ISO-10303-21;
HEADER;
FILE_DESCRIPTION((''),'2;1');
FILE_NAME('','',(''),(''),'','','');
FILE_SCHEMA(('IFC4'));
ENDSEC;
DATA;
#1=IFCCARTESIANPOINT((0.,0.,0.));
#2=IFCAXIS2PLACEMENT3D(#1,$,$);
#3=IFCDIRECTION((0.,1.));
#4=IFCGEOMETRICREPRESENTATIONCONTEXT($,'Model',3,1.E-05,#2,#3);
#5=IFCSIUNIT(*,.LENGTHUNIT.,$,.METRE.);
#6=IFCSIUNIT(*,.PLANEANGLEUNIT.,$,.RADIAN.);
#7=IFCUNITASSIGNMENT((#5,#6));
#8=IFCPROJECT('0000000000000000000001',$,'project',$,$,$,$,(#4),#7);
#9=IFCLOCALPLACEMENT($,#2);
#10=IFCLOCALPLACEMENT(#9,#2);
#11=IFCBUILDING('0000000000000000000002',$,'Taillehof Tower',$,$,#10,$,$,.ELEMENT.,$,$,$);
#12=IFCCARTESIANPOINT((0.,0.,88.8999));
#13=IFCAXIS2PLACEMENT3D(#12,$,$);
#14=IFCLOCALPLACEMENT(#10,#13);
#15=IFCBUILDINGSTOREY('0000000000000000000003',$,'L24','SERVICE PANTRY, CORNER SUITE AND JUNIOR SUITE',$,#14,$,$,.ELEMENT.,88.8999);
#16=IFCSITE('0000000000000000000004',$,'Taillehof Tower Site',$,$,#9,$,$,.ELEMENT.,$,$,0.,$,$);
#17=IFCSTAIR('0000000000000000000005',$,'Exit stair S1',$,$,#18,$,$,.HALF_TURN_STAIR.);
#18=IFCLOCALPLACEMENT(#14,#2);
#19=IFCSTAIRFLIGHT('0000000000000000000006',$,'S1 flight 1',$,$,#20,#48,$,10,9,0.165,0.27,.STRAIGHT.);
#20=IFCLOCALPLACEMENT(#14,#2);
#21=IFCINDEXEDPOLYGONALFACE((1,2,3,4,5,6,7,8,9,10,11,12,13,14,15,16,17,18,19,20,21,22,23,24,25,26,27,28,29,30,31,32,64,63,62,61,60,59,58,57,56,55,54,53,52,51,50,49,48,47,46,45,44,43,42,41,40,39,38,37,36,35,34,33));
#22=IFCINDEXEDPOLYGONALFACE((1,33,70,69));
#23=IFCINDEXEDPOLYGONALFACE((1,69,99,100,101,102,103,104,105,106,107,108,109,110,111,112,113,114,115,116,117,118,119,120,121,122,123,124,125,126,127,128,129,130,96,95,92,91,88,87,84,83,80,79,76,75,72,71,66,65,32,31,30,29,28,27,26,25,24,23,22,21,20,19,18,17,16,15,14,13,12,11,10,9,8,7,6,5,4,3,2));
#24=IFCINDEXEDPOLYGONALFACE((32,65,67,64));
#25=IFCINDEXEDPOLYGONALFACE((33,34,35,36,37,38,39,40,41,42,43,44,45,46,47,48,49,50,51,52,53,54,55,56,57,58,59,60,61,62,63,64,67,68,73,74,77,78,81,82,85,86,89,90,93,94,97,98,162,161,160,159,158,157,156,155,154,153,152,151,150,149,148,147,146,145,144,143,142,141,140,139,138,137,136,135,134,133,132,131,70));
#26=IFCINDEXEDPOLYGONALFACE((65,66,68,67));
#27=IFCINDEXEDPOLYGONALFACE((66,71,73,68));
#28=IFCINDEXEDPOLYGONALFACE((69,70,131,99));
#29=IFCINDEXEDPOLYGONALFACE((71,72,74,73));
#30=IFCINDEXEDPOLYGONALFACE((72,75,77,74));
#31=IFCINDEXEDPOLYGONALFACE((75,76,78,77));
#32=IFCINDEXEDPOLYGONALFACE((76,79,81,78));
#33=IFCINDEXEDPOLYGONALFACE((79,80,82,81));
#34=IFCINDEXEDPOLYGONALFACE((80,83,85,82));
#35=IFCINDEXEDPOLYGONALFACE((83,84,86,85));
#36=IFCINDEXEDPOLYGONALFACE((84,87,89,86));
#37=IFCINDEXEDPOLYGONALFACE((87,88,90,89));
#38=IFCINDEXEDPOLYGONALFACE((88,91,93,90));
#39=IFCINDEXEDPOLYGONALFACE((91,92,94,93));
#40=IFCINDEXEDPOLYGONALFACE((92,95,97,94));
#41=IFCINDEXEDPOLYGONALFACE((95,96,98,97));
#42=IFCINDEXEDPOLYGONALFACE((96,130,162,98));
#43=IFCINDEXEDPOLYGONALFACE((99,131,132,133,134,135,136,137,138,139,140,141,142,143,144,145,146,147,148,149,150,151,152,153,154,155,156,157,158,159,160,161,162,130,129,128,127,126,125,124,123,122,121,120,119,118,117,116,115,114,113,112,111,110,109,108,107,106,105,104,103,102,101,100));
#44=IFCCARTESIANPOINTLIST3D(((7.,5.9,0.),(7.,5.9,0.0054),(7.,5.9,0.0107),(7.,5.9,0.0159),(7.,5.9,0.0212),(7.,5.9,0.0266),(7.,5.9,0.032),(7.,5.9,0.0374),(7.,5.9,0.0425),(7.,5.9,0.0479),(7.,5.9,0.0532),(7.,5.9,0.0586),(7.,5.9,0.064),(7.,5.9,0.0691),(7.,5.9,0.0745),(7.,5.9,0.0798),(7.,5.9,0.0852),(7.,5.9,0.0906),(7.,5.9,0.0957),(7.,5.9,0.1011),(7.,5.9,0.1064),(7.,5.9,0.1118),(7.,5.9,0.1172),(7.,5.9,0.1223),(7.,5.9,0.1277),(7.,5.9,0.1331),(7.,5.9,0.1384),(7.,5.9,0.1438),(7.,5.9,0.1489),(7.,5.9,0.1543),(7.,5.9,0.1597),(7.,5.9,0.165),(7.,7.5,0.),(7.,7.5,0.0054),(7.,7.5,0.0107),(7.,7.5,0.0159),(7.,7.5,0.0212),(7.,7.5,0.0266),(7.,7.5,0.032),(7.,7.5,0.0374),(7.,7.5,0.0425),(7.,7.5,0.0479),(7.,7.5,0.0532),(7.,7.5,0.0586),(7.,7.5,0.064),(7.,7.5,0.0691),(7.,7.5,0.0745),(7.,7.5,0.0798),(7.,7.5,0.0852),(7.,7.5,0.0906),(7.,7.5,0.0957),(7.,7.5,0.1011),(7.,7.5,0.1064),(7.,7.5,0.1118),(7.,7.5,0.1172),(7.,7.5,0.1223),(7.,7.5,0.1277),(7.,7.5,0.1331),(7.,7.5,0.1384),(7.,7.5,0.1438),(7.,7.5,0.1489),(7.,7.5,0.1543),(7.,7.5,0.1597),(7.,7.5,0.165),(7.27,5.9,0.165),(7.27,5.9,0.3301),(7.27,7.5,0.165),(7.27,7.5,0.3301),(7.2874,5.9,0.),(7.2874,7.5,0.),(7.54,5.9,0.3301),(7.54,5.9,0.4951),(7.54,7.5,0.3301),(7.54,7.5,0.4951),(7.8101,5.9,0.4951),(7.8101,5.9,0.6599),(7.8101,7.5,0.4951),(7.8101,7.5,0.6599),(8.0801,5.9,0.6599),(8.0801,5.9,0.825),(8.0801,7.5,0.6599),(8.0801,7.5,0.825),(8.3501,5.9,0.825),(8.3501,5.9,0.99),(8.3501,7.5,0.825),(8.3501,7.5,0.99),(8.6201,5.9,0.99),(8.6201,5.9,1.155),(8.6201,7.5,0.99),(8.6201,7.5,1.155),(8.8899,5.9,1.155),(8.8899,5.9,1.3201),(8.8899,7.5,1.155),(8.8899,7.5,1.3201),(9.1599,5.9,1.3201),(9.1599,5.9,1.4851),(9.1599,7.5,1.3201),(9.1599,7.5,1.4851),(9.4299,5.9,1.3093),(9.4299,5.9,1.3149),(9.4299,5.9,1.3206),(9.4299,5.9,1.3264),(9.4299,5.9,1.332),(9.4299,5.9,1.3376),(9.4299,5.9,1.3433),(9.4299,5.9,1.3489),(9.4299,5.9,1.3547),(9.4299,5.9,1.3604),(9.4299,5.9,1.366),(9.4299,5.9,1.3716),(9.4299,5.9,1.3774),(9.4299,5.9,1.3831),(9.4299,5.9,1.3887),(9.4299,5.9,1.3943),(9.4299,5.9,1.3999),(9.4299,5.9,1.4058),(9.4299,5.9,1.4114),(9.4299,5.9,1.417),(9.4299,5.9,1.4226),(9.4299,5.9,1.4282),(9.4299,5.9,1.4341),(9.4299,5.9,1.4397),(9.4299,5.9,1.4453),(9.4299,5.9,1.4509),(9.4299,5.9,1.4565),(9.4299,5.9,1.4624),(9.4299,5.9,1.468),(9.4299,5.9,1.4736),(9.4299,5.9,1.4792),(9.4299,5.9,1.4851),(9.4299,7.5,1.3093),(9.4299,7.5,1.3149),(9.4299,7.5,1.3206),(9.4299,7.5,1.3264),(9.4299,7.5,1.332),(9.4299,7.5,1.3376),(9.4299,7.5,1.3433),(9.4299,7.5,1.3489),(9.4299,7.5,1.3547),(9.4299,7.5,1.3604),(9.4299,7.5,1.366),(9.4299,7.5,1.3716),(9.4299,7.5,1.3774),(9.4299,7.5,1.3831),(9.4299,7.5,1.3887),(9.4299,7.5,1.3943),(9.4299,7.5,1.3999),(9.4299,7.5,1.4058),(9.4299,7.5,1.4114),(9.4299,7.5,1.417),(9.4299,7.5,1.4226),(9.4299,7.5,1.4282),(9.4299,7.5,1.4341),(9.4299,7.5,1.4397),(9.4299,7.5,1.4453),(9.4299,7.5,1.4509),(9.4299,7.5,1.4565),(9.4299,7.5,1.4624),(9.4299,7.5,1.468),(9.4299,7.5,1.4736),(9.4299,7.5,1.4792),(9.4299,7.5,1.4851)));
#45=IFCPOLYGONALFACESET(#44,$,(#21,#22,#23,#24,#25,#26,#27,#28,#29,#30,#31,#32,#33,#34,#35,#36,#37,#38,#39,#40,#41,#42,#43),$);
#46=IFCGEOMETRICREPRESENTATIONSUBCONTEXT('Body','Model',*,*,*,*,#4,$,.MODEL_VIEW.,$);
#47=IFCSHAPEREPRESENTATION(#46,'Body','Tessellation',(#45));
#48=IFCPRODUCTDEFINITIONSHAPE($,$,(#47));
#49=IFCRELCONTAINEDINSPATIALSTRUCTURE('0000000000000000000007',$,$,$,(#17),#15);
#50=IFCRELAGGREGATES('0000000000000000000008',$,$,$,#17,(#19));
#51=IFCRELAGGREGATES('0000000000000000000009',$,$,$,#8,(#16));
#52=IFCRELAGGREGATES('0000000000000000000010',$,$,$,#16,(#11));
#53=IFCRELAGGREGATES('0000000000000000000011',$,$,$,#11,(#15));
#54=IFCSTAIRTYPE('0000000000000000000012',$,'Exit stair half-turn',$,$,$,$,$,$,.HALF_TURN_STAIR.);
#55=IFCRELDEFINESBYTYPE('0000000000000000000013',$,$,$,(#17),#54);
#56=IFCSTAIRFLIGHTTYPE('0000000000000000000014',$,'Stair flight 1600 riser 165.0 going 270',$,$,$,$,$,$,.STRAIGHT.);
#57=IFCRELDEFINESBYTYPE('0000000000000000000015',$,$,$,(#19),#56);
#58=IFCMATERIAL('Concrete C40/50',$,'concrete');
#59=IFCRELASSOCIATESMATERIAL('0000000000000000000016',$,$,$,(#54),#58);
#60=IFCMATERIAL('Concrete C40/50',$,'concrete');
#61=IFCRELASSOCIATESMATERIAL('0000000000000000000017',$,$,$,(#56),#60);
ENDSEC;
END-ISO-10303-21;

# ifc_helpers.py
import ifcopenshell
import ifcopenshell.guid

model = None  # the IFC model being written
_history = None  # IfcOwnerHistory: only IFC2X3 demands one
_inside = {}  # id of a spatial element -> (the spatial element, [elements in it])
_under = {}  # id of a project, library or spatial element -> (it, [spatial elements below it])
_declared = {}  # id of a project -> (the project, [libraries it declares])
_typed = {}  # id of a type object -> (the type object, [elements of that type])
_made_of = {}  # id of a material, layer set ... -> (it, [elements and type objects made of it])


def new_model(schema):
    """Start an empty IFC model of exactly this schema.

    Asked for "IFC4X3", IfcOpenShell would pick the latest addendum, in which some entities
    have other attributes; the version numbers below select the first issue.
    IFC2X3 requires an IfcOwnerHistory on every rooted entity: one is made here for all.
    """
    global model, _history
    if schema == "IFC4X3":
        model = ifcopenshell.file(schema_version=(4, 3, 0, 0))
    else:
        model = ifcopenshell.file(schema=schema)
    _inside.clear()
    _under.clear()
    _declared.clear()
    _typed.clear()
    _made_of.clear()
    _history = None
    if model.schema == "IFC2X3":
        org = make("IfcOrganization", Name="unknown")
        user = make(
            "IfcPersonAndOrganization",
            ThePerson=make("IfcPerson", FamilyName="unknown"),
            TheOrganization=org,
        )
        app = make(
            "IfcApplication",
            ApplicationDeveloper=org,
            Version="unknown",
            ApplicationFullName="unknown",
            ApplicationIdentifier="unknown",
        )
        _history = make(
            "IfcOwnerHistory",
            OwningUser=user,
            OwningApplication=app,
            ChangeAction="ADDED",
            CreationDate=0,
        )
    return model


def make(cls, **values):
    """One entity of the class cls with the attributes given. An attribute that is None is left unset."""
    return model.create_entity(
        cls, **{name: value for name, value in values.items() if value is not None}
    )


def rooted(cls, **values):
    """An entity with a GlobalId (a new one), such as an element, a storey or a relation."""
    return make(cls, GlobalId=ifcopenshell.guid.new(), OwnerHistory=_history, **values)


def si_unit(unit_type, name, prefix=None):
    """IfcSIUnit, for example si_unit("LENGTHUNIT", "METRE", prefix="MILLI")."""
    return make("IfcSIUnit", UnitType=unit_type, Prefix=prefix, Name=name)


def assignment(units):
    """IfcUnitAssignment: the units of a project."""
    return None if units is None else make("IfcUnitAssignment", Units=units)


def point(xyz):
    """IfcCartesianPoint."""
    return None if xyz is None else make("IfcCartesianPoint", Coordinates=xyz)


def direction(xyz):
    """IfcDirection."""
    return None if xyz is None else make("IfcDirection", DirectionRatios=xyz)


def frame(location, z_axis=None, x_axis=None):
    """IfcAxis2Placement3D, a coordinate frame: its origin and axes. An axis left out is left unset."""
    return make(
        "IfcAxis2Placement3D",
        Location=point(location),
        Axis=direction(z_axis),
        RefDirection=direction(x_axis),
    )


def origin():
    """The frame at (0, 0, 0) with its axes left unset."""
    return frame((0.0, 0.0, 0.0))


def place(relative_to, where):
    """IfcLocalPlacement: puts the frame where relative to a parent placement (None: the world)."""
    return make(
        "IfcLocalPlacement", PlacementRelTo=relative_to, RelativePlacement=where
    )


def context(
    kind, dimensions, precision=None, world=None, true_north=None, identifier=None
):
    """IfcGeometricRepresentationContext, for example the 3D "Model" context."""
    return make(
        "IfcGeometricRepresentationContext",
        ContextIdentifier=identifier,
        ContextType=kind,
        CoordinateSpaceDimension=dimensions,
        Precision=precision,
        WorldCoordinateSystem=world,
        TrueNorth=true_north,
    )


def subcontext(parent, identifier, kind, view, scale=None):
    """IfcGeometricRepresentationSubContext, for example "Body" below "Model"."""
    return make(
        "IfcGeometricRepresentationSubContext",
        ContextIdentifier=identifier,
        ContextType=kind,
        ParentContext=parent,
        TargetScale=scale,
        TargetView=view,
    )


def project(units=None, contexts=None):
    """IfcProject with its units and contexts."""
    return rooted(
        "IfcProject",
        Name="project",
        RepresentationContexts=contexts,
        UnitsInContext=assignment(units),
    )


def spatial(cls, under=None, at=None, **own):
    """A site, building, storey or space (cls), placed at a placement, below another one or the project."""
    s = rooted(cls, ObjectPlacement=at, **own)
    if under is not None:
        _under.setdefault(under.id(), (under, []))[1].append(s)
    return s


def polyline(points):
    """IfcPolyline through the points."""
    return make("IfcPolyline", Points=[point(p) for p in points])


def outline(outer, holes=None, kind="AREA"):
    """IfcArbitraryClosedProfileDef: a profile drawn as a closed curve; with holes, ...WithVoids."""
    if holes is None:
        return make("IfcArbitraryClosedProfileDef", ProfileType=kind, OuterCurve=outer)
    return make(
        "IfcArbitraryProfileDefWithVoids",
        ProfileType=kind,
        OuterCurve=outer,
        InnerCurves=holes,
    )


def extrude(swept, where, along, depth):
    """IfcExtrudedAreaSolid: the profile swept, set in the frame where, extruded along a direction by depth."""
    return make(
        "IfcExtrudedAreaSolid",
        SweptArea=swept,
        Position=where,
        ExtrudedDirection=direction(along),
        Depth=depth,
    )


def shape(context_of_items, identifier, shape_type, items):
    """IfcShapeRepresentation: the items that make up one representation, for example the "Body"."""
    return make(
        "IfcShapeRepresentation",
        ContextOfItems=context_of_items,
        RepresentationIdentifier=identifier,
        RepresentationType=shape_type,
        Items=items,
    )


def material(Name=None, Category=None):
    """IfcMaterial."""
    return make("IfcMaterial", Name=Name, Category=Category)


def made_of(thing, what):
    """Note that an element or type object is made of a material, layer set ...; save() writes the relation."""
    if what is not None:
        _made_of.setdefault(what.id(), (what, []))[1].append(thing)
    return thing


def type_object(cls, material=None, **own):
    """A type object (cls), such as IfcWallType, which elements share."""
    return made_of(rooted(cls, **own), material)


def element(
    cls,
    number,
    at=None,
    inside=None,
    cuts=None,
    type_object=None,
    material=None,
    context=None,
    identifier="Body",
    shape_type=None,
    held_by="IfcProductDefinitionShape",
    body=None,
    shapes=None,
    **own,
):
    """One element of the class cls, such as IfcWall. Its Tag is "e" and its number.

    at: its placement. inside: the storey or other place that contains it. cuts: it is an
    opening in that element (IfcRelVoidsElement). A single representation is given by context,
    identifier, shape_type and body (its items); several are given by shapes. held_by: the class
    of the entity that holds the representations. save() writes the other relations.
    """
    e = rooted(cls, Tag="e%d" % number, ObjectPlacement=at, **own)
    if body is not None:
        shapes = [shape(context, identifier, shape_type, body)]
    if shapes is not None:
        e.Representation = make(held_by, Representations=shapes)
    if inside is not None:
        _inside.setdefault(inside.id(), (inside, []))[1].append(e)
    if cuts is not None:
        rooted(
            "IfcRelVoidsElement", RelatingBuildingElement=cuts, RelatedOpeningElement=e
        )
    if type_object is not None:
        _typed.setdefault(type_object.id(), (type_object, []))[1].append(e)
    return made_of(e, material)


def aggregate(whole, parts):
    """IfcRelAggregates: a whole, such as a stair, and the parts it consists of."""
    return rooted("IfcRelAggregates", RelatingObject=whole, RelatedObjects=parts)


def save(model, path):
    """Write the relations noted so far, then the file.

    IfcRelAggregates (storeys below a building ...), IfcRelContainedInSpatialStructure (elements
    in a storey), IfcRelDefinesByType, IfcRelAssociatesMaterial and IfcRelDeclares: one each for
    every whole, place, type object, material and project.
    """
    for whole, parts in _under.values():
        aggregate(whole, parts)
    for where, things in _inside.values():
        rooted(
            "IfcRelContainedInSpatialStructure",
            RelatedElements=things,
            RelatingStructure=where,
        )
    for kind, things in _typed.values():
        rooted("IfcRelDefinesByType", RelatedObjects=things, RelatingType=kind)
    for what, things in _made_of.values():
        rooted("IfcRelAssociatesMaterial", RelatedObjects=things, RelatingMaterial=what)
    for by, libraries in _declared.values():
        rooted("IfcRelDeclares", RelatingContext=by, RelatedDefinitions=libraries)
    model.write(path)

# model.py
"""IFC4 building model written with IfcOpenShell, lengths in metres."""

from ifc_helpers import new_model, si_unit, direction, frame, origin, place, context, subcontext, project, spatial, polyline, outline, extrude, material, type_object, element, aggregate, save


model = new_model("IFC4")

# Units and contexts
model_context = context("Model", 3, precision=1e-05, world=origin(), true_north=direction((0.0, 1.0)))
body_context = subcontext(model_context, "Body", "Model", "MODEL_VIEW")
ifc_project = project(units=[si_unit("LENGTHUNIT", "METRE"), si_unit("PLANEANGLEUNIT", "RADIAN")], contexts=[model_context])

# Site, building, storey
site_placement = place(None, origin())
site = spatial("IfcSite", under=ifc_project, at=site_placement, Name="Taillehof Tower Site", CompositionType="ELEMENT", RefElevation=0.0)
building_placement = place(site_placement, origin())
building = spatial("IfcBuilding", under=site, at=building_placement, Name="Taillehof Tower", CompositionType="ELEMENT")
storey_placement = place(building_placement, frame((0.0, 0.0, 88.8999)))
storey = spatial("IfcBuildingStorey", under=building, at=storey_placement, Name="L24", Description="SERVICE PANTRY, CORNER SUITE AND JUNIOR SUITE", CompositionType="ELEMENT", Elevation=88.8999)

# Stair
ifc_material_1 = material(Name="Concrete C40/50", Category="concrete")
stair_type = type_object("IfcStairType", Name="Exit stair half-turn", PredefinedType="HALF_TURN_STAIR", material=ifc_material_1)
stair_1_placement = place(storey_placement, origin())
stair_1 = element("IfcStair", 1, at=stair_1_placement, inside=storey, type_object=stair_type, Name="Exit stair S1", PredefinedType="HALF_TURN_STAIR")

# Stair flight
ifc_material_2 = material(Name="Concrete C40/50", Category="concrete")
stair_flight_type = type_object("IfcStairFlightType", Name="Stair flight 1600 riser 165.0 going 270", PredefinedType="STRAIGHT", material=ifc_material_2)
stair_flight_placement = place(storey_placement, frame((7.0, 6.7, 0.0), z_axis=(0.0, 0.0, 1.0), x_axis=(1.0, 0.0, 0.0)))
stair_flight = element("IfcStairFlight", 2, at=stair_flight_placement, type_object=stair_flight_type, Name="S1 flight 1", NumberOfRisers=10, NumberOfTreads=9, PredefinedType="STRAIGHT", RiserHeight=0.165, TreadLength=0.27, context=body_context, shape_type="SweptSolid", body=[
    extrude(outline(polyline([(0.0, 0.0), (0.0, 0.0054), (0.0, 0.0107), (0.0, 0.0159), (0.0, 0.0212), (0.0, 0.0266), (0.0, 0.032), (0.0, 0.0374), (0.0, 0.0425), (0.0, 0.0479), (0.0, 0.0532), (0.0, 0.0586), (0.0, 0.064), (0.0, 0.0691), (0.0, 0.0745), (0.0, 0.0798), (0.0, 0.0852), (0.0, 0.0906), (0.0, 0.0957), (0.0, 0.1011), (0.0, 0.1064), (0.0, 0.1118), (0.0, 0.1172), (0.0, 0.1223), (0.0, 0.1277), (0.0, 0.1331), (0.0, 0.1384), (0.0, 0.1438), (0.0, 0.1489), (0.0, 0.1543), (0.0, 0.1597), (0.0, 0.165), (0.27, 0.165), (0.27, 0.3301), (0.54, 0.3301), (0.54, 0.4951), (0.8101, 0.4951), (0.8101, 0.6599), (1.0801, 0.6599), (1.0801, 0.825), (1.3501, 0.825), (1.3501, 0.99), (1.6201, 0.99), (1.6201, 1.155), (1.8899, 1.155), (1.8899, 1.3201), (2.1599, 1.3201), (2.1599, 1.4851), (2.4299, 1.4851), (2.4299, 1.4792), (2.4299, 1.4736), (2.4299, 1.468), (2.4299, 1.4624), (2.4299, 1.4565), (2.4299, 1.4509), (2.4299, 1.4453), (2.4299, 1.4397), (2.4299, 1.4341), (2.4299, 1.4282), (2.4299, 1.4226), (2.4299, 1.417), (2.4299, 1.4114), (2.4299, 1.4058), (2.4299, 1.3999), (2.4299, 1.3943), (2.4299, 1.3887), (2.4299, 1.3831), (2.4299, 1.3774), (2.4299, 1.3716), (2.4299, 1.366), (2.4299, 1.3604), (2.4299, 1.3547), (2.4299, 1.3489), (2.4299, 1.3433), (2.4299, 1.3376), (2.4299, 1.332), (2.4299, 1.3264), (2.4299, 1.3206), (2.4299, 1.3149), (2.4299, 1.3093), (0.2874, 0.0), (0.0, 0.0)])), frame((0.0, 0.8, 0.0), z_axis=(0.0, -1.0, 0.0), x_axis=(1.0, 0.0, 0.0)), (0.0, 0.0, 1.0), 1.6),
])
aggregate(stair_1, [stair_flight])

save(model, "model.ifc")
